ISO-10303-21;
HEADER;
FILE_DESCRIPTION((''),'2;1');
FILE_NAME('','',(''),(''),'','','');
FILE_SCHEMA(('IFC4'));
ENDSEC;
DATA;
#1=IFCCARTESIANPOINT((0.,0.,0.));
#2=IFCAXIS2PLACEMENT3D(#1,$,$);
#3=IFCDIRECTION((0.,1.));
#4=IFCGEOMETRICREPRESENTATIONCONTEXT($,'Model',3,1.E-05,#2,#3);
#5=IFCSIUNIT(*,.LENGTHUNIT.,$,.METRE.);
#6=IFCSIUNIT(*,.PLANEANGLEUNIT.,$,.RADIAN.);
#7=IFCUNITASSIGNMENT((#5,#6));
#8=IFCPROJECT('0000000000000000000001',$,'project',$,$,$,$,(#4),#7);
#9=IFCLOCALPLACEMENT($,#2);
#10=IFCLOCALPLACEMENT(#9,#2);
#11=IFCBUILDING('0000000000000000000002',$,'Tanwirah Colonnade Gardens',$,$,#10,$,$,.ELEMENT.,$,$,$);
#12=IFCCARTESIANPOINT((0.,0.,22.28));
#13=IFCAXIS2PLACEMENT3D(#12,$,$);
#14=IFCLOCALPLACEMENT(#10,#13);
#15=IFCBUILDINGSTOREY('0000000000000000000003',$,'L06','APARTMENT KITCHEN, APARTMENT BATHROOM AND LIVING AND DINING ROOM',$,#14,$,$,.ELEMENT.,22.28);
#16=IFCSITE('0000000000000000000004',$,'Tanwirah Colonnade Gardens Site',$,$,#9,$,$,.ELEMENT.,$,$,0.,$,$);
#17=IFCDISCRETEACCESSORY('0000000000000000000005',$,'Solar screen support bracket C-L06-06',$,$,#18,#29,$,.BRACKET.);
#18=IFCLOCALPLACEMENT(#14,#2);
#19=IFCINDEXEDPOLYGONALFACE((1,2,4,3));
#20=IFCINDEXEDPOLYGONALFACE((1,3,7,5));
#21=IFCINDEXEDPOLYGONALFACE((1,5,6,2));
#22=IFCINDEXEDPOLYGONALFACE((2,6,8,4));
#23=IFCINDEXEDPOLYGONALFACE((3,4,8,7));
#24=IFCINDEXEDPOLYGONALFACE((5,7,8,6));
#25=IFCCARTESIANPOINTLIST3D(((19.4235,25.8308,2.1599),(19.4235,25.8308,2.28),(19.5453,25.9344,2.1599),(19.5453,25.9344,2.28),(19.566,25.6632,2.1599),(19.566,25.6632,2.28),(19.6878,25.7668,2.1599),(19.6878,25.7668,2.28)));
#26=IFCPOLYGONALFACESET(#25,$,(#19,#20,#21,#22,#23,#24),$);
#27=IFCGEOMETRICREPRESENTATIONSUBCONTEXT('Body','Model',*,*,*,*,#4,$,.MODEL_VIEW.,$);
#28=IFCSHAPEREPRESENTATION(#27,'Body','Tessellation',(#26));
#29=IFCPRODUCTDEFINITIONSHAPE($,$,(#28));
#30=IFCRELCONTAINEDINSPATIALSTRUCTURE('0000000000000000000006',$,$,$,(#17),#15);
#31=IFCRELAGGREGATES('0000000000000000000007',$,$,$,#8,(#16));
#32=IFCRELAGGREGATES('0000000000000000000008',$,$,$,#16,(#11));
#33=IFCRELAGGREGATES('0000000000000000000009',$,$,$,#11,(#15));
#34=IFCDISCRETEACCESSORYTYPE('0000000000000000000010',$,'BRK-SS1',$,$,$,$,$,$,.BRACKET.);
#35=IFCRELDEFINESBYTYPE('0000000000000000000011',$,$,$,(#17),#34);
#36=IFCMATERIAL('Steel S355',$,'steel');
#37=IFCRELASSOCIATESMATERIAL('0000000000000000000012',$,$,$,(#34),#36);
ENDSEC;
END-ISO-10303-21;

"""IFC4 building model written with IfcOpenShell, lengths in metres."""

from ifc_helpers import new_model, si_unit, direction, frame, origin, origin_2d, place, context, subcontext, project, spatial, rectangle, extrude, material, type_object, element, save


model = new_model("IFC4")

# Units and contexts
model_context = context("Model", 3, precision=1e-05, world=origin(), true_north=direction((0.0, 1.0)))
body_context = subcontext(model_context, "Body", "Model", "MODEL_VIEW")
ifc_project = project(units=[si_unit("LENGTHUNIT", "METRE"), si_unit("PLANEANGLEUNIT", "RADIAN")], contexts=[model_context])

# Site, building, storey
site_placement = place(None, origin())
site = spatial("IfcSite", under=ifc_project, at=site_placement, Name="Tanwirah Colonnade Gardens Site", CompositionType="ELEMENT", RefElevation=0.0)
building_placement = place(site_placement, origin())
building = spatial("IfcBuilding", under=site, at=building_placement, Name="Tanwirah Colonnade Gardens", CompositionType="ELEMENT")
storey_placement = place(building_placement, frame((0.0, 0.0, 22.28)))
storey = spatial("IfcBuildingStorey", under=building, at=storey_placement, Name="L06", Description="APARTMENT KITCHEN, APARTMENT BATHROOM AND LIVING AND DINING ROOM", CompositionType="ELEMENT", Elevation=22.28)

# Discrete accessory
ifc_material_1 = material(Name="Steel S355", Category="steel")
discrete_accessory_type = type_object("IfcDiscreteAccessoryType", Name="BRK-SS1", PredefinedType="BRACKET", material=ifc_material_1)
discrete_accessory_placement = place(storey_placement, frame((19.5557, 25.7988, 2.1599), z_axis=(0.0, 0.0, 1.0), x_axis=(0.647787, -0.761821, 0.0)))
element("IfcDiscreteAccessory", 1, at=discrete_accessory_placement, inside=storey, type_object=discrete_accessory_type, Name="Solar screen support bracket C-L06-06", PredefinedType="BRACKET", context=body_context, shape_type="SweptSolid", body=[
    extrude(rectangle(XDim=0.22, YDim=0.1599, at=origin_2d()), origin(), (0.0, 0.0, 1.0), 0.1201),
])

save(model, "model.ifc")
